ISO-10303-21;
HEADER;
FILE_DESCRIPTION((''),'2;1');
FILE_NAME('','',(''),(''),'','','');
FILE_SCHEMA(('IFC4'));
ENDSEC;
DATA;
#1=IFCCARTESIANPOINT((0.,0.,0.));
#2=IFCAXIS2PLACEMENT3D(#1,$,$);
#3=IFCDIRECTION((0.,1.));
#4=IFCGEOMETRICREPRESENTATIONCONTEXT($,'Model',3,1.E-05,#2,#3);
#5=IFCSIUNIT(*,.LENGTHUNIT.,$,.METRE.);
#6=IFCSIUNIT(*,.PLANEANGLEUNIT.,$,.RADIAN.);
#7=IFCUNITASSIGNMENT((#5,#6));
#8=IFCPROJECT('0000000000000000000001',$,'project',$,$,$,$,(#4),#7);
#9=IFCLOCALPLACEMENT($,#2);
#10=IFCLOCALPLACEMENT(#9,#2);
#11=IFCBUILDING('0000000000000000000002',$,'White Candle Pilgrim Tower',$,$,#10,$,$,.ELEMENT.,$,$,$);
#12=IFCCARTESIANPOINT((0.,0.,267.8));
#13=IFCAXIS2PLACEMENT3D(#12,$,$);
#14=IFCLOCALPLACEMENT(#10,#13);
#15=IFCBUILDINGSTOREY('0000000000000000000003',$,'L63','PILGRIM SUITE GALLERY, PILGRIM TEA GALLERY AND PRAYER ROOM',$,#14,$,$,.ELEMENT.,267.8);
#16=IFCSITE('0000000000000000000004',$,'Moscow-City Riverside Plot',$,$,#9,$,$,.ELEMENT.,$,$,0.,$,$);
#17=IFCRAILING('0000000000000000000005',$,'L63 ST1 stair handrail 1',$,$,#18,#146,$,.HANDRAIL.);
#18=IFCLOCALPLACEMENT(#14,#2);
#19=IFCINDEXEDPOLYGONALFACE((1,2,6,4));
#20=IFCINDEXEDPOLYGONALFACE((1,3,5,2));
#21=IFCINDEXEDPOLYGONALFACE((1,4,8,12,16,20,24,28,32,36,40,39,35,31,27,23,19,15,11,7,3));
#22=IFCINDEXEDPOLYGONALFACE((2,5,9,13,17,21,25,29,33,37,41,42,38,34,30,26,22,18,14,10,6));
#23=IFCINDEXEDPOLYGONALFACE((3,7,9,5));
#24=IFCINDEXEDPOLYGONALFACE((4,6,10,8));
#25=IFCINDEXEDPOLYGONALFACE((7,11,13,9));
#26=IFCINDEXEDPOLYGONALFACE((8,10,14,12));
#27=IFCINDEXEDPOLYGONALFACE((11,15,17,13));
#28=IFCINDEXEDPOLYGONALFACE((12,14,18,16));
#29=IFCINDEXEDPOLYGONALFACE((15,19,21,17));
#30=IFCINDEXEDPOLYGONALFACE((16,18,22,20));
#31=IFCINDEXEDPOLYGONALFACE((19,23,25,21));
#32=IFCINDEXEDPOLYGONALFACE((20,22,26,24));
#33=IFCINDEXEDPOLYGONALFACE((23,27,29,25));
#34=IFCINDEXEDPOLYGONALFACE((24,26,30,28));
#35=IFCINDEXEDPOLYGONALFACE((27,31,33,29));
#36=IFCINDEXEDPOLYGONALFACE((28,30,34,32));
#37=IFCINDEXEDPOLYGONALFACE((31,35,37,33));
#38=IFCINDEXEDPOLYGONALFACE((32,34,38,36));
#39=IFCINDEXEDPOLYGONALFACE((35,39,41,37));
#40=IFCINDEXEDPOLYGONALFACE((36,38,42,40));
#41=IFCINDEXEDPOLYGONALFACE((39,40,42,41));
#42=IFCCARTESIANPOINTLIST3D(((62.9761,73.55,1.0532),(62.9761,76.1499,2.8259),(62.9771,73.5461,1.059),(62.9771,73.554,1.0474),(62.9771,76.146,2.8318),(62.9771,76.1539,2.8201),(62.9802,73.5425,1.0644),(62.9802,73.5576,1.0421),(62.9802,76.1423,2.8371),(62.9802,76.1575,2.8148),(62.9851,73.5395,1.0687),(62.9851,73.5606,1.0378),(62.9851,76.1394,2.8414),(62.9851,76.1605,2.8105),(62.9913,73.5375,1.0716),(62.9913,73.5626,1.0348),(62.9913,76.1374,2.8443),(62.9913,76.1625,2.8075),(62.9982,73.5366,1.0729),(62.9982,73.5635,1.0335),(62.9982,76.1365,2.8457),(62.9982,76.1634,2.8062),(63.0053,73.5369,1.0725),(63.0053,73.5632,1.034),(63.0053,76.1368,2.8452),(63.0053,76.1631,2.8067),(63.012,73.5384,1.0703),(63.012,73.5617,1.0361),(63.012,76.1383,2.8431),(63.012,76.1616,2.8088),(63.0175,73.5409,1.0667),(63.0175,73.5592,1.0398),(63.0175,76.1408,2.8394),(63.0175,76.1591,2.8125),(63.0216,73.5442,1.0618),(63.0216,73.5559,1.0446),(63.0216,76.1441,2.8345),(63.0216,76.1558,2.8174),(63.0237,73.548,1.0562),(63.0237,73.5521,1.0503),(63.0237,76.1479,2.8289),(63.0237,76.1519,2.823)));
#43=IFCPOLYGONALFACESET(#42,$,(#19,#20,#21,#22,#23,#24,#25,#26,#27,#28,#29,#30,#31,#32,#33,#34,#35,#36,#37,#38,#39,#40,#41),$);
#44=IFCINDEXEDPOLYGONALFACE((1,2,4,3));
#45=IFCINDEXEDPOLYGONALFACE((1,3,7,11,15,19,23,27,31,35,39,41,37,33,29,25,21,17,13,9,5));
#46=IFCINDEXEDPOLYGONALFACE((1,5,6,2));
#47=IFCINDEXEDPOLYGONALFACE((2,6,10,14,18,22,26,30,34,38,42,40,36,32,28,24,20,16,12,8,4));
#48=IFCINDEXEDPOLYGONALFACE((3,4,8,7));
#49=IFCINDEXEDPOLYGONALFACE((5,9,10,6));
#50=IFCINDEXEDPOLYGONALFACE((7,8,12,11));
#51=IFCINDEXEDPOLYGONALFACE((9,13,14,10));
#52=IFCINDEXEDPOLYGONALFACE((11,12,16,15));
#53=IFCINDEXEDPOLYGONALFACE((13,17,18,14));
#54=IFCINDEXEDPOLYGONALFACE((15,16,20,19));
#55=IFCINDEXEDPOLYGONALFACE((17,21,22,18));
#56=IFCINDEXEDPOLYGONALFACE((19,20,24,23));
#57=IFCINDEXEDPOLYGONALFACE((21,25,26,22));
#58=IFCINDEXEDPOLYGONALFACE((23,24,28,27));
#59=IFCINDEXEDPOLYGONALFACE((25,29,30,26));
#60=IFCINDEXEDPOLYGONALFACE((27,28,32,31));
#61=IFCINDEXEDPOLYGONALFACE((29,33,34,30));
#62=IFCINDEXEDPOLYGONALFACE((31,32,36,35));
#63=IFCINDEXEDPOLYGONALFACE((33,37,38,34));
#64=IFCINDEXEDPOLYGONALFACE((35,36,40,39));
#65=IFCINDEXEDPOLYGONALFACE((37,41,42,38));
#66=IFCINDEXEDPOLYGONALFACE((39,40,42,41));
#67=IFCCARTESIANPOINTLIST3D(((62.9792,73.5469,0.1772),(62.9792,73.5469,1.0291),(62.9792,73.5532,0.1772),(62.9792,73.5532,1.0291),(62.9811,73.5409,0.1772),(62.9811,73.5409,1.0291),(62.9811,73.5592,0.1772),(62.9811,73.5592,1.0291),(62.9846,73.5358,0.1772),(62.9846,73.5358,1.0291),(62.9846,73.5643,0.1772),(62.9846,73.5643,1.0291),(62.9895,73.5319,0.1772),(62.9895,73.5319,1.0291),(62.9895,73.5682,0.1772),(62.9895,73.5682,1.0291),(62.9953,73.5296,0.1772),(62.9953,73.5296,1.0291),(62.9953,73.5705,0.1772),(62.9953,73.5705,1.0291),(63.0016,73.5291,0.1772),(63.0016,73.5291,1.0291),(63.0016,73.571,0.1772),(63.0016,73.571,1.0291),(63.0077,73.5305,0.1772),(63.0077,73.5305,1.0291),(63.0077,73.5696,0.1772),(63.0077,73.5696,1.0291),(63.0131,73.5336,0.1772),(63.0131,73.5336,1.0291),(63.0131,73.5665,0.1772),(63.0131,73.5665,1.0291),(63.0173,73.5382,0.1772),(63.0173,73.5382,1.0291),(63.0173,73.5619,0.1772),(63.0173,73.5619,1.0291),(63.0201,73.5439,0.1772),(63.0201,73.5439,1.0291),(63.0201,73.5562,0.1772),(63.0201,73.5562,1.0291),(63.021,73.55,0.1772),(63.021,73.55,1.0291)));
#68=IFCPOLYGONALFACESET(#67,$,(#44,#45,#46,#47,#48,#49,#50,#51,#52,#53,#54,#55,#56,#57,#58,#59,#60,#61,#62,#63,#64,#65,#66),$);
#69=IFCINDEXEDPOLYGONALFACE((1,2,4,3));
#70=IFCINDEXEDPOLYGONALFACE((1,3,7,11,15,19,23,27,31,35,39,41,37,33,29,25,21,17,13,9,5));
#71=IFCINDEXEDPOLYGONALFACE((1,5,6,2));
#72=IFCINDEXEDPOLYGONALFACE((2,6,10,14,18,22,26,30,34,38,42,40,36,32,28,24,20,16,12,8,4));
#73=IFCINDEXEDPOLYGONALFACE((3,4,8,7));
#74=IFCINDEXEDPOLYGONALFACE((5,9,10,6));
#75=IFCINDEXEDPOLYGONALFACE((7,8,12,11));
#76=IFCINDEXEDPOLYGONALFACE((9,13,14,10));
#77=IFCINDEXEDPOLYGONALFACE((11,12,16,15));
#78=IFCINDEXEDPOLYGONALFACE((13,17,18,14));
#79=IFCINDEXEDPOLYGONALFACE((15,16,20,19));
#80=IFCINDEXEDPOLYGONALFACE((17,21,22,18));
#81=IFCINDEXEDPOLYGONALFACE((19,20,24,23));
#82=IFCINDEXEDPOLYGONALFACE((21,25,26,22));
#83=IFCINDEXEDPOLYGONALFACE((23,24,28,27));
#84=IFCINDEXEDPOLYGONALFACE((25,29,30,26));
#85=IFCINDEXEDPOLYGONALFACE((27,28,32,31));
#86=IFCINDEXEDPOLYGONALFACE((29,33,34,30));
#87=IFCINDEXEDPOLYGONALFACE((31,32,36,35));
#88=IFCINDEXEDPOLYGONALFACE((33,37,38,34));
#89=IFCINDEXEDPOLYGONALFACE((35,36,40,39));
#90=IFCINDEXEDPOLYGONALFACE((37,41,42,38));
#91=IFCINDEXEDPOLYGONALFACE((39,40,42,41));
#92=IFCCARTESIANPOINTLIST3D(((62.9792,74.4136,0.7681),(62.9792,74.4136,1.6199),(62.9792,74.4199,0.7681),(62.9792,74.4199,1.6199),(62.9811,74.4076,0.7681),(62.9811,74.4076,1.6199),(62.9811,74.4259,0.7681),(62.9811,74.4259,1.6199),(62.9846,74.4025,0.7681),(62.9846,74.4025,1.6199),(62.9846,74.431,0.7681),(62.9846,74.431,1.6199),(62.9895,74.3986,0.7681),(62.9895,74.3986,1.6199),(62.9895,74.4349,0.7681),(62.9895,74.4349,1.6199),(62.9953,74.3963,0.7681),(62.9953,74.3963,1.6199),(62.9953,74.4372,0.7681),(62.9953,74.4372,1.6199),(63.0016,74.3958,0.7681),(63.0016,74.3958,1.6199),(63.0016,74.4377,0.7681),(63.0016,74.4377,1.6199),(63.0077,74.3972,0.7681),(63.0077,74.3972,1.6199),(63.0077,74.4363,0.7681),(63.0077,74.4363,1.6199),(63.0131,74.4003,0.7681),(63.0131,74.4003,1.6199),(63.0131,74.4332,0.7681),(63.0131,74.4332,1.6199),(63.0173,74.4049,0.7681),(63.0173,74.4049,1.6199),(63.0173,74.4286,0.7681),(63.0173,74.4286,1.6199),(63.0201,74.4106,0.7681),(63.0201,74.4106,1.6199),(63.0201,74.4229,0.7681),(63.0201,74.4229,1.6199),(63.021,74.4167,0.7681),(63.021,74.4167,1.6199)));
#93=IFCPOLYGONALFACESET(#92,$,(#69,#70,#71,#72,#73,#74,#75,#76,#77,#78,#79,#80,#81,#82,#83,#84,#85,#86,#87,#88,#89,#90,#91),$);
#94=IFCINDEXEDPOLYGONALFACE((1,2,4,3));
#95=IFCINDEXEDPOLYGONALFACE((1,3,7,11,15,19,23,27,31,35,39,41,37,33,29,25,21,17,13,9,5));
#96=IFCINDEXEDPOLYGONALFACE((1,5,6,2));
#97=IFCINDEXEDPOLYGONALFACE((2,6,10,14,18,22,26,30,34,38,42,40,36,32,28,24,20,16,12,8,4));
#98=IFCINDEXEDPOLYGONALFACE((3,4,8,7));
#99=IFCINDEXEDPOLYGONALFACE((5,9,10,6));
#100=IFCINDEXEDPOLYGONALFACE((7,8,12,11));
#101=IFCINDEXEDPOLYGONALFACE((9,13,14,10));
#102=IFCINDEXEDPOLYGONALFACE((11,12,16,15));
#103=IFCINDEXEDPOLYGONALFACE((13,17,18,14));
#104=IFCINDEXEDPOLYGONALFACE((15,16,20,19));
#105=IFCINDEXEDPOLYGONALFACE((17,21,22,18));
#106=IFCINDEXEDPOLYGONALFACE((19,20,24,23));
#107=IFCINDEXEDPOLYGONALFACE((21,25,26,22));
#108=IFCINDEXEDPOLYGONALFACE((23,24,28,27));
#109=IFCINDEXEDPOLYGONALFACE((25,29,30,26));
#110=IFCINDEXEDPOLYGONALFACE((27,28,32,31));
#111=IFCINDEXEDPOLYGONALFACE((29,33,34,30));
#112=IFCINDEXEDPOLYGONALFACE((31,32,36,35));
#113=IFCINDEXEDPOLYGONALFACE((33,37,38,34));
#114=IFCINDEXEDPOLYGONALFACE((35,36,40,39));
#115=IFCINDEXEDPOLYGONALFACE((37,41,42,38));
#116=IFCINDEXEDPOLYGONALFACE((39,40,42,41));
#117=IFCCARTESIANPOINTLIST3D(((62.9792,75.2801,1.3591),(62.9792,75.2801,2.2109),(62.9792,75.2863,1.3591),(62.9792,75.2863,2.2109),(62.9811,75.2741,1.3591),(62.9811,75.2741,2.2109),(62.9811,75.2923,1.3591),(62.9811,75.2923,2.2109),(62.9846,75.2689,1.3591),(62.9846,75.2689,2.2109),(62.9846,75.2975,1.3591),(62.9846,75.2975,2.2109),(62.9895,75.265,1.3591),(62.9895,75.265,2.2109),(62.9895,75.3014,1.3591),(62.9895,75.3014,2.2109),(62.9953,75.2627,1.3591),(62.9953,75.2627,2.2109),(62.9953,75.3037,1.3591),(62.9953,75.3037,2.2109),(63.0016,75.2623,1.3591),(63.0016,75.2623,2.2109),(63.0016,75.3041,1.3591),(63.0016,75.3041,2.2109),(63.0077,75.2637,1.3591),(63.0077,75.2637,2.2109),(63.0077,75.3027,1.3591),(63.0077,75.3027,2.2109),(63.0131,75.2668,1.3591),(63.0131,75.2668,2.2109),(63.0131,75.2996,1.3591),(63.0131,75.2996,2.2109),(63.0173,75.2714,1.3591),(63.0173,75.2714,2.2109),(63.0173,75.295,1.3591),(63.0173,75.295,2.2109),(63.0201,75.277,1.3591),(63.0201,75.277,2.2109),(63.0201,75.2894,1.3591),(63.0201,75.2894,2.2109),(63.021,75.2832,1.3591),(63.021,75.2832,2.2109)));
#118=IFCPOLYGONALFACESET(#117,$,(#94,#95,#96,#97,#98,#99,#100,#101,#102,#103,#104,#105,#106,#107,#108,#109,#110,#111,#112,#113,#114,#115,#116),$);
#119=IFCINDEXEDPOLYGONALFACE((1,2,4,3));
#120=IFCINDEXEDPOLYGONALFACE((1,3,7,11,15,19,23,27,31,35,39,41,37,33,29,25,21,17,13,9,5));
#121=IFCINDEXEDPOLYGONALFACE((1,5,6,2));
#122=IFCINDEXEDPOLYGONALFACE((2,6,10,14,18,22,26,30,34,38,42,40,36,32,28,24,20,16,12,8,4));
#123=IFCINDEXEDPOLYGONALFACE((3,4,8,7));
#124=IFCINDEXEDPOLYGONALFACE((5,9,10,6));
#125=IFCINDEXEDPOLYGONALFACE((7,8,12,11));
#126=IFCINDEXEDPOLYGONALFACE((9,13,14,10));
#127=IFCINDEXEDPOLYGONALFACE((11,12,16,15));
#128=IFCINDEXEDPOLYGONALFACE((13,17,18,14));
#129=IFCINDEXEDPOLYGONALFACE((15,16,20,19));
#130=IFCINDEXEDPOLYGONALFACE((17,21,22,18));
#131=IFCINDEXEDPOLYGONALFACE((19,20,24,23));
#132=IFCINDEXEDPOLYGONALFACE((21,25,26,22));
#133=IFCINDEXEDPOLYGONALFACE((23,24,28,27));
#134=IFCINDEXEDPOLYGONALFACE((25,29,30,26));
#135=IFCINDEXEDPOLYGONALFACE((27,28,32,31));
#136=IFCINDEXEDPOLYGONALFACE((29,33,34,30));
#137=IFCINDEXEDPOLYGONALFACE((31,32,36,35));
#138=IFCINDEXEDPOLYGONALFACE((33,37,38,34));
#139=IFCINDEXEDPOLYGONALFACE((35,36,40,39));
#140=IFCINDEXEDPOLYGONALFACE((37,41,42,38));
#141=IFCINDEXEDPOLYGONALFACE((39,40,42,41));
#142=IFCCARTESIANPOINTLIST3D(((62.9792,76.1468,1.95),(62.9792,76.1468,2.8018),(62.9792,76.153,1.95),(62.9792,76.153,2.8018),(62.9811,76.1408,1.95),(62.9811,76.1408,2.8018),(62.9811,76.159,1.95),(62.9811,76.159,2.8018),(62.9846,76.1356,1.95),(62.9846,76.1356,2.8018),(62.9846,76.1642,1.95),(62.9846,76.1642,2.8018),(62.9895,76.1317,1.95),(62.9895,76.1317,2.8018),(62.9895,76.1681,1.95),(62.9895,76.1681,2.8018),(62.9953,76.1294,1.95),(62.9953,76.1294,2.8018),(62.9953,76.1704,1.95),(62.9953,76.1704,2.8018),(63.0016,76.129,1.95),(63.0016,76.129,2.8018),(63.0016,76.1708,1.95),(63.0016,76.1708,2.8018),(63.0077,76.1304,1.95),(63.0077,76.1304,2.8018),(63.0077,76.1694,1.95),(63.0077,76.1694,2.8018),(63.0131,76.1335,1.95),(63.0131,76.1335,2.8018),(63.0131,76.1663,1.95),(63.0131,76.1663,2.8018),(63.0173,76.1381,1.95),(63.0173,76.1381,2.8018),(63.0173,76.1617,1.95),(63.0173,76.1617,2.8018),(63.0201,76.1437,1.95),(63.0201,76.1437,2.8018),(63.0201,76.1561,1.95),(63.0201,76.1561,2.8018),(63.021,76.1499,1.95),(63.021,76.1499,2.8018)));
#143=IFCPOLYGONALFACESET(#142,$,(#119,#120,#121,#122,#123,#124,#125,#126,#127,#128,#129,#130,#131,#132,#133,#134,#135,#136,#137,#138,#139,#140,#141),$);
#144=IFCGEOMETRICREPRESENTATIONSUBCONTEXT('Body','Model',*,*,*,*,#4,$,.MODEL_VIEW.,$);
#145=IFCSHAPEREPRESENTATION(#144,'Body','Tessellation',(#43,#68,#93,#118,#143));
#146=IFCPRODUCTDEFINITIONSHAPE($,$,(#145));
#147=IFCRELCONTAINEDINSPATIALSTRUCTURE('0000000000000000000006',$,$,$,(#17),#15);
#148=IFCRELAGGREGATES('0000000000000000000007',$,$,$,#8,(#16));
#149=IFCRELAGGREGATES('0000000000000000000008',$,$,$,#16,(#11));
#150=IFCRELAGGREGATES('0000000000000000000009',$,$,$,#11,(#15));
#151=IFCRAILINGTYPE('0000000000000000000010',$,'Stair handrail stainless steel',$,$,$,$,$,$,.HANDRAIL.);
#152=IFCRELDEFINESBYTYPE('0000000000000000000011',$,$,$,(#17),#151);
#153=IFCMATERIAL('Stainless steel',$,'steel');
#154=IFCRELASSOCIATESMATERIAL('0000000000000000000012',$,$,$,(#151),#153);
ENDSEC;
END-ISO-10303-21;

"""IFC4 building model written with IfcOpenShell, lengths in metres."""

from ifc_helpers import new_model, si_unit, direction, frame, origin, origin_2d, place, context, subcontext, project, spatial, circle, extrude, material, type_object, element, save


model = new_model("IFC4")

# Units and contexts
model_context = context("Model", 3, precision=1e-05, world=origin(), true_north=direction((0.0, 1.0)))
body_context = subcontext(model_context, "Body", "Model", "MODEL_VIEW")
ifc_project = project(units=[si_unit("LENGTHUNIT", "METRE"), si_unit("PLANEANGLEUNIT", "RADIAN")], contexts=[model_context])

# Site, building, storey
site_placement = place(None, origin())
site = spatial("IfcSite", under=ifc_project, at=site_placement, Name="Moscow-City Riverside Plot", CompositionType="ELEMENT", RefElevation=0.0)
building_placement = place(site_placement, origin())
building = spatial("IfcBuilding", under=site, at=building_placement, Name="White Candle Pilgrim Tower", CompositionType="ELEMENT")
storey_placement = place(building_placement, frame((0.0, 0.0, 267.8)))
storey = spatial("IfcBuildingStorey", under=building, at=storey_placement, Name="L63", Description="PILGRIM SUITE GALLERY, PILGRIM TEA GALLERY AND PRAYER ROOM", CompositionType="ELEMENT", Elevation=267.8)

# Railing
ifc_material_1 = material(Name="Stainless steel", Category="steel")
railing_type_1 = type_object("IfcRailingType", Name="Stair handrail stainless steel", PredefinedType="HANDRAIL", material=ifc_material_1)
railing_1_placement = place(storey_placement, frame((63.0, 73.55, 0.1772)))
element("IfcRailing", 1, at=railing_1_placement, inside=storey, type_object=railing_type_1, Name="L63 ST1 stair handrail 1", PredefinedType="HANDRAIL", context=body_context, shape_type="SweptSolid", body=[
    extrude(circle(Radius=0.0239, at=origin_2d()), frame((0.0, 0.0, 0.876), z_axis=(0.0, 0.826216, 0.563354), x_axis=(-1.0, 0.0, 0.0)), (0.0, 0.0, 1.0), 3.1467),
    extrude(circle(Radius=0.021, at=origin_2d()), origin(), (0.0, 0.0, 1.0), 0.8518),
    extrude(circle(Radius=0.021, at=origin_2d()), frame((0.0, 0.8667, 0.5908)), (0.0, 0.0, 1.0), 0.8518),
    extrude(circle(Radius=0.021, at=origin_2d()), frame((0.0, 1.7332, 1.1819)), (0.0, 0.0, 1.0), 0.8518),
    extrude(circle(Radius=0.021, at=origin_2d()), frame((0.0, 2.5999, 1.7727)), (0.0, 0.0, 1.0), 0.8518),
])

save(model, "model.ifc")
